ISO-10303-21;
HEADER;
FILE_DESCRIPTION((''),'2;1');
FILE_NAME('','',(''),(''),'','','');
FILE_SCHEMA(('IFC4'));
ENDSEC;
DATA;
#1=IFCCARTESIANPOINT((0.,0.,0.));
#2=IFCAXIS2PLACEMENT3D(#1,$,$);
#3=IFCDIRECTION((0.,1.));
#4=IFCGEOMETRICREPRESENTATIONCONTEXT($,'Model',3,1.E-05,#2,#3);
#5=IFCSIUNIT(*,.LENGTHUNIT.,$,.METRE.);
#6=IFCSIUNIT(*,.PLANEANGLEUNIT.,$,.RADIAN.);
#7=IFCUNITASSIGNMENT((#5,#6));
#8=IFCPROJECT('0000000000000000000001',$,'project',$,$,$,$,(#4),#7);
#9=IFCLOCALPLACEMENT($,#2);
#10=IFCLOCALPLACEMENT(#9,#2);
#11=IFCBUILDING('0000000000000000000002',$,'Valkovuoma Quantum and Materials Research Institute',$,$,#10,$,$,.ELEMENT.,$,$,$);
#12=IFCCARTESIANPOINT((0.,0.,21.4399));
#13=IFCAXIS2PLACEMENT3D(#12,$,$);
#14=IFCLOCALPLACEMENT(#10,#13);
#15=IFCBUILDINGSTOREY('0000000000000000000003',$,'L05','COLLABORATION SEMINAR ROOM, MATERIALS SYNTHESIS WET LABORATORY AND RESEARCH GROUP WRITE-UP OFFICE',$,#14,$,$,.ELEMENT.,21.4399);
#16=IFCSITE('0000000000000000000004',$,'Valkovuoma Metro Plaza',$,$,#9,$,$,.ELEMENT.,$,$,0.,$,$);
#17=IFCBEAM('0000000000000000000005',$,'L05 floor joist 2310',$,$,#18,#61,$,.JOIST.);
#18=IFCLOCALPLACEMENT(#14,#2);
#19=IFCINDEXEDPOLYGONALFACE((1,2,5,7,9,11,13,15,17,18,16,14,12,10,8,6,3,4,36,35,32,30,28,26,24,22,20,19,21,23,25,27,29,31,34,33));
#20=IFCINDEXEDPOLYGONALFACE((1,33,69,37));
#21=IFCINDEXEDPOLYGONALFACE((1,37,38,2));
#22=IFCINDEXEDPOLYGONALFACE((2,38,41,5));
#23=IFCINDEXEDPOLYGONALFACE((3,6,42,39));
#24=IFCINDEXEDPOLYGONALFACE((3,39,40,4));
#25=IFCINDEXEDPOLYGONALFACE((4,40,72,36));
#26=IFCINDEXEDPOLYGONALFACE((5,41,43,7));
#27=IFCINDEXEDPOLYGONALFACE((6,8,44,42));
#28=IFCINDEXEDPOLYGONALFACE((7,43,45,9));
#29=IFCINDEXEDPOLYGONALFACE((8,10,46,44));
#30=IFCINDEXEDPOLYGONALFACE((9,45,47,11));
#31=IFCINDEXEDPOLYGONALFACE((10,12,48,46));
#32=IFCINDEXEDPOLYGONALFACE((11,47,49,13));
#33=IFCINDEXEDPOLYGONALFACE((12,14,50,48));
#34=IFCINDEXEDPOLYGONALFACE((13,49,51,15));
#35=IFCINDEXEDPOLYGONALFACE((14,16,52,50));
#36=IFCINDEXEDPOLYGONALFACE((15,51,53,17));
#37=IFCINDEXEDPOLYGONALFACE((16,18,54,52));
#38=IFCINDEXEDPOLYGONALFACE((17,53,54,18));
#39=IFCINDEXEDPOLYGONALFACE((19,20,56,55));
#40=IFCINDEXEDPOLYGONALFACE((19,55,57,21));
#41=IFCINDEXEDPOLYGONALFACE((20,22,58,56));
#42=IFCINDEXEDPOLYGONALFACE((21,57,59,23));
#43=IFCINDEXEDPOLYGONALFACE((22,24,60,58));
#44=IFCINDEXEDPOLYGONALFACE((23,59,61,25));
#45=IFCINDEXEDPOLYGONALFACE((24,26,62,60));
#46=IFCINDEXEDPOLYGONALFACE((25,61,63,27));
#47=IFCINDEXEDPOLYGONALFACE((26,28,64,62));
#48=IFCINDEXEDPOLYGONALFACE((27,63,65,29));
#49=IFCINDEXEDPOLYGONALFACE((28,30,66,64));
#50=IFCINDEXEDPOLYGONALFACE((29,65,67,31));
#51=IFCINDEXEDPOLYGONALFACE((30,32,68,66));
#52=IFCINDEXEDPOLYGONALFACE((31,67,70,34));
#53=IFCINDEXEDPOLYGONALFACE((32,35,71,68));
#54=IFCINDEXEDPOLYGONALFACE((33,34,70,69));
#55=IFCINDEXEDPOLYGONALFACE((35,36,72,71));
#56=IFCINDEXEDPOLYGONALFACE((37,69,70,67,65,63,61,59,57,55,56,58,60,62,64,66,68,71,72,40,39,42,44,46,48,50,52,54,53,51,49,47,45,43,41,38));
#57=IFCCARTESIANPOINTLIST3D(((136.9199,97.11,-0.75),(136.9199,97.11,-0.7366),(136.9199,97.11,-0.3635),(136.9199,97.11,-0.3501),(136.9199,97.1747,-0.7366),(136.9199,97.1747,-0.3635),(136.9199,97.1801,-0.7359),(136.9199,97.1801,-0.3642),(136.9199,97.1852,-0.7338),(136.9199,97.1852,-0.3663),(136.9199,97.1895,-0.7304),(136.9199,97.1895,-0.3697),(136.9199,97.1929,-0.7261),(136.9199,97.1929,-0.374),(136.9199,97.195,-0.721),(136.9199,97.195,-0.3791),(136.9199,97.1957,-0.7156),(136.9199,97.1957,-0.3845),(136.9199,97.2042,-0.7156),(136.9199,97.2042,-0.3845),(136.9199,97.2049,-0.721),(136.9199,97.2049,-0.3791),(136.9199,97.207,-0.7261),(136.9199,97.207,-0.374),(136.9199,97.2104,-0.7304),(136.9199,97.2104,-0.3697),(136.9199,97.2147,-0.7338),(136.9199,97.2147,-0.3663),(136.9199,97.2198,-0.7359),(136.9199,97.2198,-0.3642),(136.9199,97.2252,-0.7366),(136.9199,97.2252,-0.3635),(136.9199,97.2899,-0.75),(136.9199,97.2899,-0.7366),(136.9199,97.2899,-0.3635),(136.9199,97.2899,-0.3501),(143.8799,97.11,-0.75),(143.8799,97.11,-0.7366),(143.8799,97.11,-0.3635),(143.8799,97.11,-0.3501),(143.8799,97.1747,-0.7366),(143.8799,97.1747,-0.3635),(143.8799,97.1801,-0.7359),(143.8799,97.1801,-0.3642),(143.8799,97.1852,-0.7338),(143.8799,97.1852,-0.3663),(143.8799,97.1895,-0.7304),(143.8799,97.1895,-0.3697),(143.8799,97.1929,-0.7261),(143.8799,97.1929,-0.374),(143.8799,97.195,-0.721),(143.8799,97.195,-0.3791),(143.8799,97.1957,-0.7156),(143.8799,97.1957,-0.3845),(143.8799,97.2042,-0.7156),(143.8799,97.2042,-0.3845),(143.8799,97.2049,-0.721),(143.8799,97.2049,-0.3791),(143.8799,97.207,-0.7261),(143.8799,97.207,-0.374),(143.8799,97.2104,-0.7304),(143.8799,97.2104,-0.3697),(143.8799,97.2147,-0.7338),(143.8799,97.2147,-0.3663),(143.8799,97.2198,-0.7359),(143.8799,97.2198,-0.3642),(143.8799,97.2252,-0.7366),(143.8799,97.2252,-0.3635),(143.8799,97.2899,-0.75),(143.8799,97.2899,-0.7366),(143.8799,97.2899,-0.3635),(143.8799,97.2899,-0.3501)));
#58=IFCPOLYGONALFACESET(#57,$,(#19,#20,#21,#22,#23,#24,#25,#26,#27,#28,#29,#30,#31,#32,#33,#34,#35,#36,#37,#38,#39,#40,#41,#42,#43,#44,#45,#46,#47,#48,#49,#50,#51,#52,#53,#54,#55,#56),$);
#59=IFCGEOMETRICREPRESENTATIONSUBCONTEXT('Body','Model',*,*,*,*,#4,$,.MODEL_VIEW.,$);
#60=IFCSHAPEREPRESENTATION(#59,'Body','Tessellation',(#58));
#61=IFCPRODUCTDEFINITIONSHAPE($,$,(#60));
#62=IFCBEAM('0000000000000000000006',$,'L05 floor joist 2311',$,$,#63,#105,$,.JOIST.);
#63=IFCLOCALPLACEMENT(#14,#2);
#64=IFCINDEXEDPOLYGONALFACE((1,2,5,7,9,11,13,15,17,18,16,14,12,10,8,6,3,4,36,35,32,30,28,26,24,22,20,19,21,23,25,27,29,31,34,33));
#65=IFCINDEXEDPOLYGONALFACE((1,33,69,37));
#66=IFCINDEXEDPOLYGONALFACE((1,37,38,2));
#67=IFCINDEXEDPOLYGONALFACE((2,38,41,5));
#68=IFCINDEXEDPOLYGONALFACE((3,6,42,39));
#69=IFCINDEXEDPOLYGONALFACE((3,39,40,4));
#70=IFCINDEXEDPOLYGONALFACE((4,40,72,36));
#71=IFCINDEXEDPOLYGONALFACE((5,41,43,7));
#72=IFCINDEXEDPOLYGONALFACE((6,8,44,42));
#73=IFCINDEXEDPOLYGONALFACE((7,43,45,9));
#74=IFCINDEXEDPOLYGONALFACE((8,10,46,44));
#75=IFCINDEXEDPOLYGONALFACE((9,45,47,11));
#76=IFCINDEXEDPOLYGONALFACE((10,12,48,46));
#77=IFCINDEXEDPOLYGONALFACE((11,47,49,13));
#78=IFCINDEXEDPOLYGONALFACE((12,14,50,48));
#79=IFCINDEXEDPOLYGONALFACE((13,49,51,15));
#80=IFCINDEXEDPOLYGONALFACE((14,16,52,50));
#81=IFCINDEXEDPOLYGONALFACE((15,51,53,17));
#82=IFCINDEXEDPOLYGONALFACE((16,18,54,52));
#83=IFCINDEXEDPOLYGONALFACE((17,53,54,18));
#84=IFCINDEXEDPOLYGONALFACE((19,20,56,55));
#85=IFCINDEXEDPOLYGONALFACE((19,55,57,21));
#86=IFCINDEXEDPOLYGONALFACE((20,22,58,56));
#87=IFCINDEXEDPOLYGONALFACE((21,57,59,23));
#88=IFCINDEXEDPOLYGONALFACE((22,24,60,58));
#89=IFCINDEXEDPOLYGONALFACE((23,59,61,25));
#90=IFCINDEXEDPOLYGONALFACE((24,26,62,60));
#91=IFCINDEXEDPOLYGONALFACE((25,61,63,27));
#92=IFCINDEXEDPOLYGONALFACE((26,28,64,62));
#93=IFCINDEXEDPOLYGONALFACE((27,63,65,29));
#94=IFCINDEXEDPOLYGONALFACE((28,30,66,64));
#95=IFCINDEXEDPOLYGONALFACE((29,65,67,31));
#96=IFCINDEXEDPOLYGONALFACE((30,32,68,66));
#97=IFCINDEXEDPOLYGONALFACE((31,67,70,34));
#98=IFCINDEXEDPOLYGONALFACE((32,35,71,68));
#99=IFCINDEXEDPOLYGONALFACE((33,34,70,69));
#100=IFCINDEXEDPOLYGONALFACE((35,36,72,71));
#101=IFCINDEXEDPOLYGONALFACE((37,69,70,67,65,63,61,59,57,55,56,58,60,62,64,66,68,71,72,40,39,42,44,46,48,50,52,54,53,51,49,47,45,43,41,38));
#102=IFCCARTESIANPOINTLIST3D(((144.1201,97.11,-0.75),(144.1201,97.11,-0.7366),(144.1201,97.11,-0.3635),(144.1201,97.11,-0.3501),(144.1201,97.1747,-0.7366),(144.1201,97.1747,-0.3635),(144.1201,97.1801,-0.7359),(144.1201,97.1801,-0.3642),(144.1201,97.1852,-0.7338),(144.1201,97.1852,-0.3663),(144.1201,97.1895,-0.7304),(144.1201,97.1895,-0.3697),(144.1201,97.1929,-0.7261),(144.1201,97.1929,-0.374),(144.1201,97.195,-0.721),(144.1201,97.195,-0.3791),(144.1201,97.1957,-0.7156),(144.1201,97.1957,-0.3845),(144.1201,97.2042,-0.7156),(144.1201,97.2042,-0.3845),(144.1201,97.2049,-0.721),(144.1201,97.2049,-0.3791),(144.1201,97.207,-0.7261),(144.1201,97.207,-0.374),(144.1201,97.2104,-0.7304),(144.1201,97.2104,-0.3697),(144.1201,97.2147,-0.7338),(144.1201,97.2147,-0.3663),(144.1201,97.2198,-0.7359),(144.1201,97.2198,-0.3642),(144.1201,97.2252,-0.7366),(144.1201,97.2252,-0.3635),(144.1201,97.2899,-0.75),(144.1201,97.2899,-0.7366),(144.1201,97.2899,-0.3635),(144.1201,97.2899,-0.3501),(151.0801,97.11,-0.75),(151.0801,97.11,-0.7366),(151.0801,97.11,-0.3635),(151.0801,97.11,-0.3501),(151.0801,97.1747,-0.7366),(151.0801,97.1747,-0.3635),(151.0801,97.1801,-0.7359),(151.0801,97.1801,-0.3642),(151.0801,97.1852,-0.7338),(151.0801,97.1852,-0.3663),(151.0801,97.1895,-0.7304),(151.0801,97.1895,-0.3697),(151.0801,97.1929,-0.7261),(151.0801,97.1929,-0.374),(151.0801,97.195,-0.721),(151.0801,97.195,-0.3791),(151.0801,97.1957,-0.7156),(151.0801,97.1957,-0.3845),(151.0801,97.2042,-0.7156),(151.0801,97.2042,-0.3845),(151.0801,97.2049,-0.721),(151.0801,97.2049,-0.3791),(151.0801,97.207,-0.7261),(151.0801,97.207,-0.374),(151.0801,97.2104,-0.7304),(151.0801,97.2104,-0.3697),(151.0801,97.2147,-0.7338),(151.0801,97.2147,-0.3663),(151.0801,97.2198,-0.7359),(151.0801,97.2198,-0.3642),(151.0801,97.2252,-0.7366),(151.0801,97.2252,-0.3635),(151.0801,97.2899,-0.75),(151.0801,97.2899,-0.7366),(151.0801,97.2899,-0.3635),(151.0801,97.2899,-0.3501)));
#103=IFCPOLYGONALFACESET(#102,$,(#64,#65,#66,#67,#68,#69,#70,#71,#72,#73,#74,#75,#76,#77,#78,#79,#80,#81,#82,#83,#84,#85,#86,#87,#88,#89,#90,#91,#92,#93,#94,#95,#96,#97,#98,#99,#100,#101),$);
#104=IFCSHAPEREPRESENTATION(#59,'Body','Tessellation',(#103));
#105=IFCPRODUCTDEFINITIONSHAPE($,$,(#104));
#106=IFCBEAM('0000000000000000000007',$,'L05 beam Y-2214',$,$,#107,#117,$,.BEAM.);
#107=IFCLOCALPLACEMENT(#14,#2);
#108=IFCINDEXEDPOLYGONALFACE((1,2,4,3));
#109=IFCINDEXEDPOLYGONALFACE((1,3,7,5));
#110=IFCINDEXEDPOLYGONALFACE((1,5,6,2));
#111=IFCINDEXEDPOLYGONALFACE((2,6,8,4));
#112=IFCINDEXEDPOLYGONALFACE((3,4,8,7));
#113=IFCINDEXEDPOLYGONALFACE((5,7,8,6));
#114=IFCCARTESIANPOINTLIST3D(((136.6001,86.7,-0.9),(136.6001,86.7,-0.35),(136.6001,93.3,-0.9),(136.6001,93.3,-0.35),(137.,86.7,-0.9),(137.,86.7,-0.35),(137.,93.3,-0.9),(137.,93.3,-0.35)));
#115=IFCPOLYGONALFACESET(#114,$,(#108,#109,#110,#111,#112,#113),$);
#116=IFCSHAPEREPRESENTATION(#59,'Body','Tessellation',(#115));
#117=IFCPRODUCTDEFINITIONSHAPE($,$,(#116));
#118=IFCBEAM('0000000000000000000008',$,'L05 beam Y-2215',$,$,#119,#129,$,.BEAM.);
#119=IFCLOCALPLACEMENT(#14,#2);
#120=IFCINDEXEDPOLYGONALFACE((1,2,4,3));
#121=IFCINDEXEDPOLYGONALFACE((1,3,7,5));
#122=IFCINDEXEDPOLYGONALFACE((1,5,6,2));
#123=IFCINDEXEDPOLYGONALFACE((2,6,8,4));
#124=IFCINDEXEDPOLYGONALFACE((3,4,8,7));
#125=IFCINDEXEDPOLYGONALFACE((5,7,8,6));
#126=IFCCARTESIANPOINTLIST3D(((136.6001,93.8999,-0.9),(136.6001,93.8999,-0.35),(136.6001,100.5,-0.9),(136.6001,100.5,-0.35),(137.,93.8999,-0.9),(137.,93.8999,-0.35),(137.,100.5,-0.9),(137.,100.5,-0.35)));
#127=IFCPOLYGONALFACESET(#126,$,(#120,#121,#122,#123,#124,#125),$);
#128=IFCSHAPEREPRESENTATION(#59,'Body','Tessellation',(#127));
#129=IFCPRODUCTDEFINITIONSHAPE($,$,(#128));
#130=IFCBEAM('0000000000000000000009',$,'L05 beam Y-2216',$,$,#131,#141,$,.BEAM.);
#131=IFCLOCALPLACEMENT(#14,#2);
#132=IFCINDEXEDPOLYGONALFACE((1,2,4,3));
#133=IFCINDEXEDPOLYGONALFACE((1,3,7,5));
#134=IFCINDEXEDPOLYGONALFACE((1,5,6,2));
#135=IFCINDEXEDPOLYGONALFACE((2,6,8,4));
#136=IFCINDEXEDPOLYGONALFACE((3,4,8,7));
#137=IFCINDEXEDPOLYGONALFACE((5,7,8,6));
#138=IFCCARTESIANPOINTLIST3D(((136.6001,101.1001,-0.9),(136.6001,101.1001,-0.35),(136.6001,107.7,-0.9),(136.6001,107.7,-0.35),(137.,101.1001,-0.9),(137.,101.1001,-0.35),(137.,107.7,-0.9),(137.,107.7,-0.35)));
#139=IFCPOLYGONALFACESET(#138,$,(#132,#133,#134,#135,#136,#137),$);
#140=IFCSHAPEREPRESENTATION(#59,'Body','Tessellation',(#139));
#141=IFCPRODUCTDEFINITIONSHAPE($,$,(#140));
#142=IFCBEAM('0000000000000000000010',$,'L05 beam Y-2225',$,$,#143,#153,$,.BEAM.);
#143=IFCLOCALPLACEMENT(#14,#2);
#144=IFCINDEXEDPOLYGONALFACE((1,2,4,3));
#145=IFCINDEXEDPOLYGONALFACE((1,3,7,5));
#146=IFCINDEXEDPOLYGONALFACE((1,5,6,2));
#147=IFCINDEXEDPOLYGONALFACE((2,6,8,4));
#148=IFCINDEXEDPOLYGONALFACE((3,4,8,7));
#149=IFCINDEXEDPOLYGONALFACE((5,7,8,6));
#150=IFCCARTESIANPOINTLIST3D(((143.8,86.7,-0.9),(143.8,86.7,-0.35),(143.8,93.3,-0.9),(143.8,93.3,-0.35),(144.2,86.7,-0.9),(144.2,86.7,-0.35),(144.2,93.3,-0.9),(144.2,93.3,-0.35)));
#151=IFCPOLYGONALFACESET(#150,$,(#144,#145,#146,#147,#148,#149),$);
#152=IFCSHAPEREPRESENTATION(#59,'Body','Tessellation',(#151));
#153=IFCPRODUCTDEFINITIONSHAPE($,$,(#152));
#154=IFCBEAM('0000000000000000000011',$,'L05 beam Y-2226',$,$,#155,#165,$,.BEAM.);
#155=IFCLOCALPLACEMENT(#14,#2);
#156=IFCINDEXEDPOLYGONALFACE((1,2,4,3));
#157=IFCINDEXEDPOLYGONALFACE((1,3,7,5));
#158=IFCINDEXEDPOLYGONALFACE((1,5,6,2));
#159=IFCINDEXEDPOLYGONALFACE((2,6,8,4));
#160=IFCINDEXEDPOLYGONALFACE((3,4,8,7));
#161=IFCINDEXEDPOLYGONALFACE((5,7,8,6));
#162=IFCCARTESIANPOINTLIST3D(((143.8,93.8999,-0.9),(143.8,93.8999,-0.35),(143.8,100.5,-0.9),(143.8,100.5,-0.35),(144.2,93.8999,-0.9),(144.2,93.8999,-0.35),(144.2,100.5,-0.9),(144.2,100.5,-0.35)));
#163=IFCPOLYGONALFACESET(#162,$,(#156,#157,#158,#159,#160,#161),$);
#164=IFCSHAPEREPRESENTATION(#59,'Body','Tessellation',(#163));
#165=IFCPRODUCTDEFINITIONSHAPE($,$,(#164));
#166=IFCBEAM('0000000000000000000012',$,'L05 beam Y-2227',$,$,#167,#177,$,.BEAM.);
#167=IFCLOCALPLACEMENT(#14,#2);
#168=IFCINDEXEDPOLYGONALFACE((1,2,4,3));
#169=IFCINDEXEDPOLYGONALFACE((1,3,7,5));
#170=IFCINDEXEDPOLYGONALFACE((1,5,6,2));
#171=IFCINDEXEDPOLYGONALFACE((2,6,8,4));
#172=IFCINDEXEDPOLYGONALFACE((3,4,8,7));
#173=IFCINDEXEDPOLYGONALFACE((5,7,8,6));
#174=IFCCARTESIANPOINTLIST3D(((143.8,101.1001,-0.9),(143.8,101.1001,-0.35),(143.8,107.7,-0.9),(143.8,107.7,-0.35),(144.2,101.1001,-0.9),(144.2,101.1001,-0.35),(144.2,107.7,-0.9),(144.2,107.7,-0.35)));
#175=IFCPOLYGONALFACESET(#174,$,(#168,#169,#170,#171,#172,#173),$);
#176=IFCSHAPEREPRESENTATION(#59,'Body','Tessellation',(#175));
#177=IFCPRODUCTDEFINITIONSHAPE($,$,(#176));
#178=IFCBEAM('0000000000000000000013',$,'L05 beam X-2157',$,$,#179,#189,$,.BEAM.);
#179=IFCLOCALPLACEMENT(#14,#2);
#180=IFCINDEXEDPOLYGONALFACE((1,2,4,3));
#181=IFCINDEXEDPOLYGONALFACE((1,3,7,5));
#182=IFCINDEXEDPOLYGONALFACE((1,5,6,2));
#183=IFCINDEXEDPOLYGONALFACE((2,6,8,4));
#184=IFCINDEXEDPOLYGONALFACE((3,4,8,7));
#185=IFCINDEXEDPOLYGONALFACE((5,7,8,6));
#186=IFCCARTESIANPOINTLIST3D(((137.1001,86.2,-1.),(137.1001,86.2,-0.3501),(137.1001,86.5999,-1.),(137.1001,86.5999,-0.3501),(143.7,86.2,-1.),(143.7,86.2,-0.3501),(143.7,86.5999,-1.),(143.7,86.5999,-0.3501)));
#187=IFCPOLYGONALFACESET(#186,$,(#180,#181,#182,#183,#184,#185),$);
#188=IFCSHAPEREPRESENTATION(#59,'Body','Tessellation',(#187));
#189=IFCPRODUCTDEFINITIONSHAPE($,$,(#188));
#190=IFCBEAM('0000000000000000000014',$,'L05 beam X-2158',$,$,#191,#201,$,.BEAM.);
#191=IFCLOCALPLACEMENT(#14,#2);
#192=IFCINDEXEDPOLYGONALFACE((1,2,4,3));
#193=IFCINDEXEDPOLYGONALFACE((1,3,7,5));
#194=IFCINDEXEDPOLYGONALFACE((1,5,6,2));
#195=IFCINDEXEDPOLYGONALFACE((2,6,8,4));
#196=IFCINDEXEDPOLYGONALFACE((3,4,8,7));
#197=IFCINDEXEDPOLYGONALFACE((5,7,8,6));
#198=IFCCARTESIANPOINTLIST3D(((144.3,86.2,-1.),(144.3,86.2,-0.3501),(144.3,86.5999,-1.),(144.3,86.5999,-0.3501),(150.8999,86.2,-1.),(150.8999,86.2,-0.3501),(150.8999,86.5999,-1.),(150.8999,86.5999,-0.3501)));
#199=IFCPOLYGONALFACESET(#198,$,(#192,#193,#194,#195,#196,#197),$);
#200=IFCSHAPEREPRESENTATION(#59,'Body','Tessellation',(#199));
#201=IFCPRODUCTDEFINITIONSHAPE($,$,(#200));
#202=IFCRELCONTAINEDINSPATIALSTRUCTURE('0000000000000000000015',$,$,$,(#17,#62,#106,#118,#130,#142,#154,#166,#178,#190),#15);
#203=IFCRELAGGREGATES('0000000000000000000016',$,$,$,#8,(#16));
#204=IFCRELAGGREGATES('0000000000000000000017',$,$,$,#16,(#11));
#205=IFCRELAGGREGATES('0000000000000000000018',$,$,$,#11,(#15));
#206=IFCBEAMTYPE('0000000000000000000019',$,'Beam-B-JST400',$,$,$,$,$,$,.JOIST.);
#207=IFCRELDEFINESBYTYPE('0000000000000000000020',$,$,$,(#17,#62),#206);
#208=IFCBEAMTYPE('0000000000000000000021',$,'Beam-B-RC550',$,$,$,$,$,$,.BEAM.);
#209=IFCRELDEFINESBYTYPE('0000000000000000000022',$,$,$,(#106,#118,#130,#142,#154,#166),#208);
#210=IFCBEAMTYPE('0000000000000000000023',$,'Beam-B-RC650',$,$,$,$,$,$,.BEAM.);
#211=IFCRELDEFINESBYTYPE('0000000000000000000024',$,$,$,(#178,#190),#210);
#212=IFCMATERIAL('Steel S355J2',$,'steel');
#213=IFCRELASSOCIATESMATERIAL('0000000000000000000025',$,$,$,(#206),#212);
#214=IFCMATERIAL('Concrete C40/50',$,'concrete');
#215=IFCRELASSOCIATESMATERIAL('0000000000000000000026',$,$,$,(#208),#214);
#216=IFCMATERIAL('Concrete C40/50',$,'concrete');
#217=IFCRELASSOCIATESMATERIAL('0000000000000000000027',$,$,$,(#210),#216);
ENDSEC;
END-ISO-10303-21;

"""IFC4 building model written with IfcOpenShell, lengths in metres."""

from ifc_helpers import new_model, si_unit, direction, frame, origin, origin_2d, place, context, subcontext, project, spatial, rectangle, i_section, extrude, material, material_profile, profile_set, type_object, element, save


model = new_model("IFC4")

# Units and contexts
model_context = context("Model", 3, precision=1e-05, world=origin(), true_north=direction((0.0, 1.0)))
body_context = subcontext(model_context, "Body", "Model", "MODEL_VIEW")
ifc_project = project(units=[si_unit("LENGTHUNIT", "METRE"), si_unit("PLANEANGLEUNIT", "RADIAN")], contexts=[model_context])

# Site, building, storey
site_placement = place(None, origin())
site = spatial("IfcSite", under=ifc_project, at=site_placement, Name="Valkovuoma Metro Plaza", CompositionType="ELEMENT", RefElevation=0.0)
building_placement = place(site_placement, origin())
building = spatial("IfcBuilding", under=site, at=building_placement, Name="Valkovuoma Quantum and Materials Research Institute", CompositionType="ELEMENT")
storey_placement = place(building_placement, frame((0.0, 0.0, 21.4399)))
storey = spatial("IfcBuildingStorey", under=building, at=storey_placement, Name="L05", Description="COLLABORATION SEMINAR ROOM, MATERIALS SYNTHESIS WET LABORATORY AND RESEARCH GROUP WRITE-UP OFFICE", CompositionType="ELEMENT", Elevation=21.4399)

# Beams
ifc_material_1 = material(Name="Steel S355J2", Category="steel")
ifc_material_profile_1 = material_profile(ifc_material_1, i_section(OverallWidth=0.1799, OverallDepth=0.3999, WebThickness=0.0085, FlangeThickness=0.0134, FilletRadius=0.021, at=origin_2d()), Name="Steel S355J2")
ifc_profile_set_1 = profile_set([ifc_material_profile_1], Name="Steel S355J2")
beam_type_1 = type_object("IfcBeamType", Name="Beam-B-JST400", PredefinedType="JOIST", material=ifc_profile_set_1)
for number, where, z_axis, x_axis, name in (
    (1, (136.9199, 97.2, -0.55), (1.0, 0.0, 0.0), (0.0, 1.0, 0.0), "L05 floor joist 2310"),
    (2, (144.1201, 97.2, -0.55), (1.0, 0.0, 0.0), (0.0, 1.0, 0.0), "L05 floor joist 2311"),
):
    element("IfcBeam", number, at=place(storey_placement, frame(where, z_axis=z_axis, x_axis=x_axis)), inside=storey, type_object=beam_type_1, Name=name, PredefinedType="JOIST", context=body_context, shape_type="SweptSolid", body=[
        extrude(i_section(OverallWidth=0.1799, OverallDepth=0.3999, WebThickness=0.0085, FlangeThickness=0.0134, FilletRadius=0.021, at=origin_2d()), origin(), (0.0, 0.0, 1.0), 6.96),
    ])
ifc_material_2 = material(Name="Concrete C40/50", Category="concrete")
ifc_material_profile_2 = material_profile(ifc_material_2, rectangle(XDim=0.3999, YDim=0.55, at=origin_2d()), Name="Concrete C40/50")
ifc_profile_set_2 = profile_set([ifc_material_profile_2], Name="Concrete C40/50")
beam_type_2 = type_object("IfcBeamType", Name="Beam-B-RC550", PredefinedType="BEAM", material=ifc_profile_set_2)
for number, where, z_axis, x_axis, name in (
    (3, (136.8, 86.7, -0.625), (0.0, 1.0, 0.0), (-1.0, 0.0, 0.0), "L05 beam Y-2214"),
    (4, (136.8, 93.8999, -0.625), (0.0, 1.0, 0.0), (-1.0, 0.0, 0.0), "L05 beam Y-2215"),
):
    element("IfcBeam", number, at=place(storey_placement, frame(where, z_axis=z_axis, x_axis=x_axis)), inside=storey, type_object=beam_type_2, Name=name, PredefinedType="BEAM", context=body_context, shape_type="SweptSolid", body=[
        extrude(rectangle(XDim=0.3999, YDim=0.55, at=origin_2d()), origin(), (0.0, 0.0, 1.0), 6.6001),
    ])
beam_1_placement = place(storey_placement, frame((136.8, 101.1001, -0.625), z_axis=(0.0, 1.0, 0.0), x_axis=(-1.0, 0.0, 0.0)))
element("IfcBeam", 5, at=beam_1_placement, inside=storey, type_object=beam_type_2, Name="L05 beam Y-2216", PredefinedType="BEAM", context=body_context, shape_type="SweptSolid", body=[
    extrude(rectangle(XDim=0.3999, YDim=0.55, at=origin_2d()), origin(), (0.0, 0.0, 1.0), 6.5999),
])
for number, where, z_axis, x_axis, name in (
    (6, (144.0, 86.7, -0.625), (0.0, 1.0, 0.0), (-1.0, 0.0, 0.0), "L05 beam Y-2225"),
    (7, (144.0, 93.8999, -0.625), (0.0, 1.0, 0.0), (-1.0, 0.0, 0.0), "L05 beam Y-2226"),
):
    element("IfcBeam", number, at=place(storey_placement, frame(where, z_axis=z_axis, x_axis=x_axis)), inside=storey, type_object=beam_type_2, Name=name, PredefinedType="BEAM", context=body_context, shape_type="SweptSolid", body=[
        extrude(rectangle(XDim=0.3999, YDim=0.55, at=origin_2d()), origin(), (0.0, 0.0, 1.0), 6.6001),
    ])
beam_2_placement = place(storey_placement, frame((144.0, 101.1001, -0.625), z_axis=(0.0, 1.0, 0.0), x_axis=(-1.0, 0.0, 0.0)))
element("IfcBeam", 8, at=beam_2_placement, inside=storey, type_object=beam_type_2, Name="L05 beam Y-2227", PredefinedType="BEAM", context=body_context, shape_type="SweptSolid", body=[
    extrude(rectangle(XDim=0.3999, YDim=0.55, at=origin_2d()), origin(), (0.0, 0.0, 1.0), 6.5999),
])
ifc_material_3 = material(Name="Concrete C40/50", Category="concrete")
ifc_material_profile_3 = material_profile(ifc_material_3, rectangle(XDim=0.3999, YDim=0.6499, at=origin_2d()), Name="Concrete C40/50")
ifc_profile_set_3 = profile_set([ifc_material_profile_3], Name="Concrete C40/50")
beam_type_3 = type_object("IfcBeamType", Name="Beam-B-RC650", PredefinedType="BEAM", material=ifc_profile_set_3)
for number, where, z_axis, x_axis, name in (
    (9, (137.1001, 86.3999, -0.675), (1.0, 0.0, 0.0), (0.0, 1.0, 0.0), "L05 beam X-2157"),
    (10, (144.3, 86.3999, -0.675), (1.0, 0.0, 0.0), (0.0, 1.0, 0.0), "L05 beam X-2158"),
):
    element("IfcBeam", number, at=place(storey_placement, frame(where, z_axis=z_axis, x_axis=x_axis)), inside=storey, type_object=beam_type_3, Name=name, PredefinedType="BEAM", context=body_context, shape_type="SweptSolid", body=[
        extrude(rectangle(XDim=0.3999, YDim=0.6499, at=origin_2d()), origin(), (0.0, 0.0, 1.0), 6.5999),
    ])

save(model, "model.ifc")
